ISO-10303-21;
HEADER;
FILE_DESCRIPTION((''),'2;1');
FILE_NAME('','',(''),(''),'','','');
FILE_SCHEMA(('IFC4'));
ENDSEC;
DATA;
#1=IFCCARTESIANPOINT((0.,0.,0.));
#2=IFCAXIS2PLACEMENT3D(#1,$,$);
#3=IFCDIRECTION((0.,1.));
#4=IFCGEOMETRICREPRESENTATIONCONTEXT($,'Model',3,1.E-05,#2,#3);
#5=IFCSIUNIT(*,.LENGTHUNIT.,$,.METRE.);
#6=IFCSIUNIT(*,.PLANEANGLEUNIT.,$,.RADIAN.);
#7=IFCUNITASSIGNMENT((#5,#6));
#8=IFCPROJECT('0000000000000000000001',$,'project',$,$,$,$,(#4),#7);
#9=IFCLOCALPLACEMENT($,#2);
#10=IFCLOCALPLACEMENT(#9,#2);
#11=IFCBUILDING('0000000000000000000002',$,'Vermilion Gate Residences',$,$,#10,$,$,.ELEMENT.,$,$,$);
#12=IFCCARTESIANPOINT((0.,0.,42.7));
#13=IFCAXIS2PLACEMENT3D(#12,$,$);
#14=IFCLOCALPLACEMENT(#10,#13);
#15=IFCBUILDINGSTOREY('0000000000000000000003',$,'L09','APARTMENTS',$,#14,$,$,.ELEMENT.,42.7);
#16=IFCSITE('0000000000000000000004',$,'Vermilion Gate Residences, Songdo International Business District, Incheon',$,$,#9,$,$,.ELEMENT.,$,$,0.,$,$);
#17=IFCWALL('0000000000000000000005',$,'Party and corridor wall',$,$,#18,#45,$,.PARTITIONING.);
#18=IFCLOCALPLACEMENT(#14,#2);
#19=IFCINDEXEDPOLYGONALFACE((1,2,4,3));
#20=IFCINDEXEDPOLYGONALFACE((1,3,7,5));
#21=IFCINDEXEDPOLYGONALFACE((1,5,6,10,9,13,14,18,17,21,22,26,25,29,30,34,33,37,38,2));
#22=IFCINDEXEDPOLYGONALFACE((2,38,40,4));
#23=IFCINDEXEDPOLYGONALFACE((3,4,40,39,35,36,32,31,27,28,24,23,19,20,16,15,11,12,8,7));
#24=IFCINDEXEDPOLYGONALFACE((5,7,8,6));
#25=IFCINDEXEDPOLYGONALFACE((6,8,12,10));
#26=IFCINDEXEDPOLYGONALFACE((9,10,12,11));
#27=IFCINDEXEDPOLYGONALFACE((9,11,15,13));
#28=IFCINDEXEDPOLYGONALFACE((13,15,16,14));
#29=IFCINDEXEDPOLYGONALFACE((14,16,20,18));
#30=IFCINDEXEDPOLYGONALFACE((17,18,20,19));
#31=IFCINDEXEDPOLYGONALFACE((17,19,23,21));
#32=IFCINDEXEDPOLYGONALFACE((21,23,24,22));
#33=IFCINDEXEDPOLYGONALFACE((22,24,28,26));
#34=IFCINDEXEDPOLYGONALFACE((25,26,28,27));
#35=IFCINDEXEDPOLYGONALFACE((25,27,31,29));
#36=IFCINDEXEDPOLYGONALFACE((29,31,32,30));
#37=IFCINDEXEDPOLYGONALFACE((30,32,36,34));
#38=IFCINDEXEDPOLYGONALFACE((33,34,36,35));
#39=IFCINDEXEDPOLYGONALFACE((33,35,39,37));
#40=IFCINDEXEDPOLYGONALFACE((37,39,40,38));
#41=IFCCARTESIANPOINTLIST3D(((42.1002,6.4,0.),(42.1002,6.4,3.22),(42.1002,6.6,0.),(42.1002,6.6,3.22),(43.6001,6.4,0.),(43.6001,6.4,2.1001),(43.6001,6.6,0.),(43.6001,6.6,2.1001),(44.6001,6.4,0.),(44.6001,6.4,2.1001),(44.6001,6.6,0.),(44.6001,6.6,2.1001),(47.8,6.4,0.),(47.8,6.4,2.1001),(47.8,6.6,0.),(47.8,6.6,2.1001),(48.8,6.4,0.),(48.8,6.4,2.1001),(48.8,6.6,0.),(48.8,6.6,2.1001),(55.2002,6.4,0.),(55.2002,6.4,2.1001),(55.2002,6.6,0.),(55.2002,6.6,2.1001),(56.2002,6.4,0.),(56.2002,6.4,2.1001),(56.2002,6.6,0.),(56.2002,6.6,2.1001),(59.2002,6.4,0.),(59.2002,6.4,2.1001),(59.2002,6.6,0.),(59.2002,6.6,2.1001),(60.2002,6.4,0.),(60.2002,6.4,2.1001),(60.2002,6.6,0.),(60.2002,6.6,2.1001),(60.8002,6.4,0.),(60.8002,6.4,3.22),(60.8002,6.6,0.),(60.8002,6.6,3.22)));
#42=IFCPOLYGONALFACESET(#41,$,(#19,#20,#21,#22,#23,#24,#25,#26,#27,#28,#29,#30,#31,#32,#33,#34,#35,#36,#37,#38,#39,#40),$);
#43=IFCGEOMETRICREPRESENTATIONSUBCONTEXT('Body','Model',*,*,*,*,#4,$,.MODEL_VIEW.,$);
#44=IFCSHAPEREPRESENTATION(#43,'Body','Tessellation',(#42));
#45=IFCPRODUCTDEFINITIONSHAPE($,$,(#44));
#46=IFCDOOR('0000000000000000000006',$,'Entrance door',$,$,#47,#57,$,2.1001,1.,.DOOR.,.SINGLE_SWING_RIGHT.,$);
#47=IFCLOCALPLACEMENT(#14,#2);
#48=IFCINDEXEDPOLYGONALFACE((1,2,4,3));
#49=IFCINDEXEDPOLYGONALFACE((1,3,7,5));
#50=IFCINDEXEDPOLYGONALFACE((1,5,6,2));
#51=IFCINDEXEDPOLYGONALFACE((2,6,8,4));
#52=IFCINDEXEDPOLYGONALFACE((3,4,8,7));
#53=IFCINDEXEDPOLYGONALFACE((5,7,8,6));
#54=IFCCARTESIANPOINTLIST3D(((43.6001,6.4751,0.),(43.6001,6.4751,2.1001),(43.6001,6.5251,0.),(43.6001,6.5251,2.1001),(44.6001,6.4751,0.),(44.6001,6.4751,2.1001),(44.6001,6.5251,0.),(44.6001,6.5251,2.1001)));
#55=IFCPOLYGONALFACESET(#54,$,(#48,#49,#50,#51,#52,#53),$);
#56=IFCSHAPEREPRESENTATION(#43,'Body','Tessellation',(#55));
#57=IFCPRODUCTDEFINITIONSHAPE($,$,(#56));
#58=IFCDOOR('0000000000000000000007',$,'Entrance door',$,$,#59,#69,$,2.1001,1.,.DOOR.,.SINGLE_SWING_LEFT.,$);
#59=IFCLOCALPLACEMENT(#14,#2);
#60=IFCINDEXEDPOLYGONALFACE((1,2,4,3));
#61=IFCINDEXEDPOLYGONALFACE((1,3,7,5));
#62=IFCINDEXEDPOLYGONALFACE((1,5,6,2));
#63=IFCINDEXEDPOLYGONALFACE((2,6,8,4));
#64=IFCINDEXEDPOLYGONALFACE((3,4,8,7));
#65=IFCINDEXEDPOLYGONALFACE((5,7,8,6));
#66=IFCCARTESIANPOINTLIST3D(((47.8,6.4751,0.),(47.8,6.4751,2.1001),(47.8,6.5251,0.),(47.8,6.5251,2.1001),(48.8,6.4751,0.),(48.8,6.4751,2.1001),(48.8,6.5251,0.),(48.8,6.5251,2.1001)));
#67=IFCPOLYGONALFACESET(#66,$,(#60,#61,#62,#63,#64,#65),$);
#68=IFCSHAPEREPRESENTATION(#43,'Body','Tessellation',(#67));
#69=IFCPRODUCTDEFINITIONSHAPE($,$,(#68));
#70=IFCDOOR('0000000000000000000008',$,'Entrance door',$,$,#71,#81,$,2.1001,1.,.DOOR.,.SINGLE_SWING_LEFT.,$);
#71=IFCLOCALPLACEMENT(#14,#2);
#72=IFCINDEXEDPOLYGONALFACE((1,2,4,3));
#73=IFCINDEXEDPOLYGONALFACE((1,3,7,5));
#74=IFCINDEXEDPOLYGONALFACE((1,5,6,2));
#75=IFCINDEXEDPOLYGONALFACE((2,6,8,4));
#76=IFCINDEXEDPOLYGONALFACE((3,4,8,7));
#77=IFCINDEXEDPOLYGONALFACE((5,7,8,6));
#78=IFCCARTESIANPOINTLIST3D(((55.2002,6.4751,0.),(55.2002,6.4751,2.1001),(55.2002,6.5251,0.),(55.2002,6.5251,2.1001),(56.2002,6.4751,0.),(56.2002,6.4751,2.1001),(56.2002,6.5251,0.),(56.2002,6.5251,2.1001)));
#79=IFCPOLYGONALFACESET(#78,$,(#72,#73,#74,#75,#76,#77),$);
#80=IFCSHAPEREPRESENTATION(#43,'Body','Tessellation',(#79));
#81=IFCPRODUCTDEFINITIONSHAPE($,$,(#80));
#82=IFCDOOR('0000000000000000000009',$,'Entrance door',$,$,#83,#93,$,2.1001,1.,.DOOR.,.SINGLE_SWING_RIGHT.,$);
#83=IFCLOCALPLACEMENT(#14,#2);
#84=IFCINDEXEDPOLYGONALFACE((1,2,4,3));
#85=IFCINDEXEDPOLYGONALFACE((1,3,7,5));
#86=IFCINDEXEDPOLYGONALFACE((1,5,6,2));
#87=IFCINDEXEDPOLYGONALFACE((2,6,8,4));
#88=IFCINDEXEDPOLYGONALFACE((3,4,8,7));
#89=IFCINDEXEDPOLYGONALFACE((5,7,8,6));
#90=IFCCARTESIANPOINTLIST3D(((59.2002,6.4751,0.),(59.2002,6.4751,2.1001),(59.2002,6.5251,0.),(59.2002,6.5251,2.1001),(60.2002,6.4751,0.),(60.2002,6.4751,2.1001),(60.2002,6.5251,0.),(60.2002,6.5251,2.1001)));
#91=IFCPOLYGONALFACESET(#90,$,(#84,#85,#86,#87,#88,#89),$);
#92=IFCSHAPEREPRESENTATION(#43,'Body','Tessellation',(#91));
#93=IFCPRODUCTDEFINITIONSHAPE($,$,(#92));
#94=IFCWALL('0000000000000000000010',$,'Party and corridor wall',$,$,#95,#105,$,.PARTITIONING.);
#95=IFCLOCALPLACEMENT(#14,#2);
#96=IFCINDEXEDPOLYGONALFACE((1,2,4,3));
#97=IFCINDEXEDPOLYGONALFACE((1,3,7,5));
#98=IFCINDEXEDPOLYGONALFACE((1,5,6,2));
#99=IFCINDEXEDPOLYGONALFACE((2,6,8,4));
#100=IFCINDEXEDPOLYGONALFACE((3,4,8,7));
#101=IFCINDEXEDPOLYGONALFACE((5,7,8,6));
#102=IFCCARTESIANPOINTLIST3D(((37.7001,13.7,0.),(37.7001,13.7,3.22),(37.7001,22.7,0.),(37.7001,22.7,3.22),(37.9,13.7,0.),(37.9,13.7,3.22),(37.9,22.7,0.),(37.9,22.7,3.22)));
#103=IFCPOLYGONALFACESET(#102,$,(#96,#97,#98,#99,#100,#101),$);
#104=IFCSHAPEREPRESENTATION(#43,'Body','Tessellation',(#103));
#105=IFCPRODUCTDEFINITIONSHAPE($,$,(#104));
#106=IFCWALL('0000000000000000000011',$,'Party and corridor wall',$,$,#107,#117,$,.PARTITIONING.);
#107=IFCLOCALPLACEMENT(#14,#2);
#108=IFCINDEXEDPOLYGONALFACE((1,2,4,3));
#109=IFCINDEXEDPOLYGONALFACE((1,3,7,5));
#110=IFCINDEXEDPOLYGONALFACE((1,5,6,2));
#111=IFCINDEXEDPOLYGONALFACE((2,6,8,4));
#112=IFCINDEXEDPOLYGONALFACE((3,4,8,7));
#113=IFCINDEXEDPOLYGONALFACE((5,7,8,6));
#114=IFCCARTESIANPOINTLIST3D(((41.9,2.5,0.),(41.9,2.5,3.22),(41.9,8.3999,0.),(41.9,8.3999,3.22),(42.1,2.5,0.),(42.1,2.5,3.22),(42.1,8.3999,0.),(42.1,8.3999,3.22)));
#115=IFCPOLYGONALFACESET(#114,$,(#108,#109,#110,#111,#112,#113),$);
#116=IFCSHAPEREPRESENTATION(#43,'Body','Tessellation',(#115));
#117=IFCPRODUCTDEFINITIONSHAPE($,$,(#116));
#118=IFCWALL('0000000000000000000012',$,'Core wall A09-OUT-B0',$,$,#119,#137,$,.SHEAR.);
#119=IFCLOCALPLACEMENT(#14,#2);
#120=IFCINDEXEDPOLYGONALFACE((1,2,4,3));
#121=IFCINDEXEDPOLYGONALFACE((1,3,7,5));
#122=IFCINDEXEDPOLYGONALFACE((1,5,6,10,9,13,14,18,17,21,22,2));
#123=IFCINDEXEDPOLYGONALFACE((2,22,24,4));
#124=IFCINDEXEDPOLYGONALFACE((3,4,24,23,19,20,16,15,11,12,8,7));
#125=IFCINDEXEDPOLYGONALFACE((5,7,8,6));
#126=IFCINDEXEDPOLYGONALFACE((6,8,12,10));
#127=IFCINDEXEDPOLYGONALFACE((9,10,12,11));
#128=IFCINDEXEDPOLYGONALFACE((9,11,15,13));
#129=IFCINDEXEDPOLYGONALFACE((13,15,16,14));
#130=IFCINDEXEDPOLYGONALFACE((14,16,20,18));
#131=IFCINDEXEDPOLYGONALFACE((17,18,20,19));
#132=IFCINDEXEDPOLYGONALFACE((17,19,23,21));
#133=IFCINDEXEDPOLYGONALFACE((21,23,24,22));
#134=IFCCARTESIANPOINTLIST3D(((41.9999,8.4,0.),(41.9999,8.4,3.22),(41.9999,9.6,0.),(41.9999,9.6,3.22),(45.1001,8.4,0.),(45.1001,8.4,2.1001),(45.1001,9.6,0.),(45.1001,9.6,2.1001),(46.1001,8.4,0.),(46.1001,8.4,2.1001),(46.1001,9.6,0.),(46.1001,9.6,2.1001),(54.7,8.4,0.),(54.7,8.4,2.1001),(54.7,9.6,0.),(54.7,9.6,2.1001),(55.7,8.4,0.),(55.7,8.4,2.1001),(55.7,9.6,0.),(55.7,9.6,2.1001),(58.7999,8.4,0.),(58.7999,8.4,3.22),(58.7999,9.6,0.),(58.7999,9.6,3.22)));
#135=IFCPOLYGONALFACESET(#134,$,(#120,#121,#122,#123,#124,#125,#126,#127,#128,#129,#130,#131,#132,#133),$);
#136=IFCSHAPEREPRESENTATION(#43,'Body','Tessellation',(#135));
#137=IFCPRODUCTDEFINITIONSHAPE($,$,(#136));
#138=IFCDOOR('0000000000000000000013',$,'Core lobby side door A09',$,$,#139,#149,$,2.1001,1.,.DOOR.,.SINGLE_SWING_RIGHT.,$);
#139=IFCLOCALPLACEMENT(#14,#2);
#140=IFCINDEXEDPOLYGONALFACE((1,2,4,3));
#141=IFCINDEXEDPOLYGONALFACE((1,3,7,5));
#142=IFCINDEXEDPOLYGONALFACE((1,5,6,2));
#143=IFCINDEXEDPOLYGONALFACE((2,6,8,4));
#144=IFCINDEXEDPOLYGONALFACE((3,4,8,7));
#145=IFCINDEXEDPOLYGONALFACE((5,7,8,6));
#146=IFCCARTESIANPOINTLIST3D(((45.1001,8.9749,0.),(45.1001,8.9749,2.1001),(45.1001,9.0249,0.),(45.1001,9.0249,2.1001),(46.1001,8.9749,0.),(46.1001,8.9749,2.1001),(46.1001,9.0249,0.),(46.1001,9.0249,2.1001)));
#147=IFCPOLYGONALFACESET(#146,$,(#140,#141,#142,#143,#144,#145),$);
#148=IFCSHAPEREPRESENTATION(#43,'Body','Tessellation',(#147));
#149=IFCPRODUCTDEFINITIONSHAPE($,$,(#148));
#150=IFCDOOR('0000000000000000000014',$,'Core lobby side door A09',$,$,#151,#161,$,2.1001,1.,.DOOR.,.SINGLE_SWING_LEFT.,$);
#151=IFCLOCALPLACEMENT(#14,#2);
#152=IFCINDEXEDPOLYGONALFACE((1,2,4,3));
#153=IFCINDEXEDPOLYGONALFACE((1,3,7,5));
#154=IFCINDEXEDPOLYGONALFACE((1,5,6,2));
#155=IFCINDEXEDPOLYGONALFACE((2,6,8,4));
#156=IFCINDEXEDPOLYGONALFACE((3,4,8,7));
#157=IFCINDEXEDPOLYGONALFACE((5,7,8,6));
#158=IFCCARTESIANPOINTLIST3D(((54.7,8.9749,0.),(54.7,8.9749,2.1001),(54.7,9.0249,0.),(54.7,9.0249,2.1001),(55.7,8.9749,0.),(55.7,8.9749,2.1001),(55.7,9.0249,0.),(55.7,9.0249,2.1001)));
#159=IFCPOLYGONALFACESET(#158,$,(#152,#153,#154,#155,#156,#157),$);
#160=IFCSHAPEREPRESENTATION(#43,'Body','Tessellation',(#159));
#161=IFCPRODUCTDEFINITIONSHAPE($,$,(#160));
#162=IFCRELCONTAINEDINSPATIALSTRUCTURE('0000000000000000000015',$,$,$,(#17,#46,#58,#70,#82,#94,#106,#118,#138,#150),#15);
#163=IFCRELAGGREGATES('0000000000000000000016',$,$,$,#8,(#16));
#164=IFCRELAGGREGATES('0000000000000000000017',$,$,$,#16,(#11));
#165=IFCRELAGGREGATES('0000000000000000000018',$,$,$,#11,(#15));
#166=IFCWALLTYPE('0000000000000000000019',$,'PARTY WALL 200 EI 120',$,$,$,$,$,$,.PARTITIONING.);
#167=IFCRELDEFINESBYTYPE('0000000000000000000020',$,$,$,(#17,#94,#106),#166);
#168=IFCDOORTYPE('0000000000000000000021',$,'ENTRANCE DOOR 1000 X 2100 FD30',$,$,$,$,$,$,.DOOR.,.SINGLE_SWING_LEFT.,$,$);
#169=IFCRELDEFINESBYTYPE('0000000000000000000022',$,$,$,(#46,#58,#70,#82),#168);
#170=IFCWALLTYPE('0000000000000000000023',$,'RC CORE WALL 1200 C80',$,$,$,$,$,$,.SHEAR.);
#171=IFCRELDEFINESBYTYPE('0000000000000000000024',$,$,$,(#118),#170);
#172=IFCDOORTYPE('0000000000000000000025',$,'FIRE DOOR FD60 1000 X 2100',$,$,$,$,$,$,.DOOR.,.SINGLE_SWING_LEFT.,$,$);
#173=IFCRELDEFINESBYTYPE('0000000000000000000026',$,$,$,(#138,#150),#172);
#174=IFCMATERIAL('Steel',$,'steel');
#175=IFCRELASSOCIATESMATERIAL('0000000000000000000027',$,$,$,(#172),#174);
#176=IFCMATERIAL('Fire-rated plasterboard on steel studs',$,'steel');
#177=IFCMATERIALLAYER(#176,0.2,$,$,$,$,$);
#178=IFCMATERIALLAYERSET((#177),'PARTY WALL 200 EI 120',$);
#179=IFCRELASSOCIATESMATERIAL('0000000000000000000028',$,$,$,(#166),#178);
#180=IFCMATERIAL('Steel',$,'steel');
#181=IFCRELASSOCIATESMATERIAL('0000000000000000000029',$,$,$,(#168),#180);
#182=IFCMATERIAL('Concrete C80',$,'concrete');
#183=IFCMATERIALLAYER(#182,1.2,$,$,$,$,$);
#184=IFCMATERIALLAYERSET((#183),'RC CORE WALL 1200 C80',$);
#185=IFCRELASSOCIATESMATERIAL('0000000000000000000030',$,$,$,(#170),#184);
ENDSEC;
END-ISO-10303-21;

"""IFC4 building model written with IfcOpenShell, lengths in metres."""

from ifc_helpers import new_model, si_unit, direction, frame, frame_2d, origin, place, context, subcontext, project, spatial, rectangle, extrude, material, layer, layer_set, type_object, element, fill, save


model = new_model("IFC4")

# Units and contexts
model_context = context("Model", 3, precision=1e-05, world=origin(), true_north=direction((0.0, 1.0)))
body_context = subcontext(model_context, "Body", "Model", "MODEL_VIEW")
ifc_project = project(units=[si_unit("LENGTHUNIT", "METRE"), si_unit("PLANEANGLEUNIT", "RADIAN")], contexts=[model_context])

# Site, building, storey
site_placement = place(None, origin())
site = spatial("IfcSite", under=ifc_project, at=site_placement, Name="Vermilion Gate Residences, Songdo International Business District, Incheon", CompositionType="ELEMENT", RefElevation=0.0)
building_placement = place(site_placement, origin())
building = spatial("IfcBuilding", under=site, at=building_placement, Name="Vermilion Gate Residences", CompositionType="ELEMENT")
storey_placement = place(building_placement, frame((0.0, 0.0, 42.7)))
storey = spatial("IfcBuildingStorey", under=building, at=storey_placement, Name="L09", Description="APARTMENTS", CompositionType="ELEMENT", Elevation=42.7)

# Shared definitions
ifc_material_1 = material(Name="Steel", Category="steel")
door_type_1 = type_object("IfcDoorType", Name="FIRE DOOR FD60 1000 X 2100", OperationType="SINGLE_SWING_LEFT", PredefinedType="DOOR", material=ifc_material_1)

# Wall, openings, doors
ifc_material_2 = material(Name="Fire-rated plasterboard on steel studs", Category="steel")
ifc_layer_1 = layer(ifc_material_2, 0.2)
ifc_layer_set_1 = layer_set([ifc_layer_1], Name="PARTY WALL 200 EI 120")
wall_type_1 = type_object("IfcWallType", Name="PARTY WALL 200 EI 120", PredefinedType="PARTITIONING", material=ifc_layer_set_1)
wall_1_placement = place(storey_placement, frame((42.1001, 6.5, 0.0), z_axis=(0.0, 0.0, 1.0), x_axis=(1.0, 0.0, 0.0)))
wall_1 = element("IfcWall", 1, at=wall_1_placement, inside=storey, type_object=wall_type_1, Name="Party and corridor wall", PredefinedType="PARTITIONING", context=body_context, shape_type="SweptSolid", body=[
    extrude(rectangle(XDim=18.7, YDim=0.2, at=frame_2d((9.3501, 0.0))), origin(), (0.0, 0.0, 1.0), 3.22),
])
opening_1_placement = place(wall_1_placement, frame((1.5, 0.0, 0.0)))
opening_1 = element("IfcOpeningElement", 2, at=opening_1_placement, cuts=wall_1, PredefinedType="OPENING", context=body_context, shape_type="SweptSolid", body=[
    extrude(rectangle(XDim=1.0, YDim=2.1001, at=frame_2d((0.5, 1.05))), frame((0.0, 0.1099, 0.0), z_axis=(0.0, -1.0, 0.0), x_axis=(1.0, 0.0, 0.0)), (0.0, 0.0, 1.0), 0.22),
])
opening_2_placement = place(wall_1_placement, frame((5.7, 0.0, 0.0)))
opening_2 = element("IfcOpeningElement", 3, at=opening_2_placement, cuts=wall_1, PredefinedType="OPENING", context=body_context, shape_type="SweptSolid", body=[
    extrude(rectangle(XDim=1.0, YDim=2.1001, at=frame_2d((0.5, 1.05))), frame((0.0, 0.1099, 0.0), z_axis=(0.0, -1.0, 0.0), x_axis=(1.0, 0.0, 0.0)), (0.0, 0.0, 1.0), 0.22),
])
opening_3_placement = place(wall_1_placement, frame((13.1001, 0.0, 0.0)))
opening_3 = element("IfcOpeningElement", 4, at=opening_3_placement, cuts=wall_1, PredefinedType="OPENING", context=body_context, shape_type="SweptSolid", body=[
    extrude(rectangle(XDim=1.0, YDim=2.1001, at=frame_2d((0.5, 1.05))), frame((0.0, 0.1099, 0.0), z_axis=(0.0, -1.0, 0.0), x_axis=(1.0, 0.0, 0.0)), (0.0, 0.0, 1.0), 0.22),
])
opening_4_placement = place(wall_1_placement, frame((17.1001, 0.0, 0.0)))
opening_4 = element("IfcOpeningElement", 5, at=opening_4_placement, cuts=wall_1, PredefinedType="OPENING", context=body_context, shape_type="SweptSolid", body=[
    extrude(rectangle(XDim=1.0, YDim=2.1001, at=frame_2d((0.5, 1.05))), frame((0.0, 0.1099, 0.0), z_axis=(0.0, -1.0, 0.0), x_axis=(1.0, 0.0, 0.0)), (0.0, 0.0, 1.0), 0.22),
])
ifc_material_3 = material(Name="Steel", Category="steel")
door_type_2 = type_object("IfcDoorType", Name="ENTRANCE DOOR 1000 X 2100 FD30", OperationType="SINGLE_SWING_LEFT", PredefinedType="DOOR", material=ifc_material_3)
door_1_placement = place(opening_1_placement, frame((1.0, 0.0, 0.0), z_axis=(0.0, 0.0, 1.0), x_axis=(-1.0, 0.0, 0.0)))
door_1 = element("IfcDoor", 6, at=door_1_placement, inside=storey, type_object=door_type_2, Name="Entrance door", OperationType="SINGLE_SWING_RIGHT", OverallHeight=2.1001, OverallWidth=1.0, PredefinedType="DOOR", context=body_context, shape_type="SweptSolid", body=[
    extrude(rectangle(XDim=1.0, YDim=2.1001, at=frame_2d((0.5, 1.05))), frame((0.0, 0.0249, 0.0), z_axis=(0.0, -1.0, 0.0), x_axis=(1.0, 0.0, 0.0)), (0.0, 0.0, 1.0), 0.05),
])
fill(opening_1, door_1)
door_2_placement = place(opening_2_placement, frame((1.0, 0.0, 0.0), z_axis=(0.0, 0.0, 1.0), x_axis=(-1.0, 0.0, 0.0)))
door_2 = element("IfcDoor", 7, at=door_2_placement, inside=storey, type_object=door_type_2, Name="Entrance door", OperationType="SINGLE_SWING_LEFT", OverallHeight=2.1001, OverallWidth=1.0, PredefinedType="DOOR", context=body_context, shape_type="SweptSolid", body=[
    extrude(rectangle(XDim=1.0, YDim=2.1001, at=frame_2d((0.5, 1.05))), frame((0.0, 0.0249, 0.0), z_axis=(0.0, -1.0, 0.0), x_axis=(1.0, 0.0, 0.0)), (0.0, 0.0, 1.0), 0.05),
])
fill(opening_2, door_2)
door_3_placement = place(opening_3_placement, frame((1.0, 0.0, 0.0), z_axis=(0.0, 0.0, 1.0), x_axis=(-1.0, 0.0, 0.0)))
door_3 = element("IfcDoor", 8, at=door_3_placement, inside=storey, type_object=door_type_2, Name="Entrance door", OperationType="SINGLE_SWING_LEFT", OverallHeight=2.1001, OverallWidth=1.0, PredefinedType="DOOR", context=body_context, shape_type="SweptSolid", body=[
    extrude(rectangle(XDim=1.0, YDim=2.1001, at=frame_2d((0.5, 1.05))), frame((0.0, 0.0249, 0.0), z_axis=(0.0, -1.0, 0.0), x_axis=(1.0, 0.0, 0.0)), (0.0, 0.0, 1.0), 0.05),
])
fill(opening_3, door_3)
door_4_placement = place(opening_4_placement, frame((1.0, 0.0, 0.0), z_axis=(0.0, 0.0, 1.0), x_axis=(-1.0, 0.0, 0.0)))
door_4 = element("IfcDoor", 9, at=door_4_placement, inside=storey, type_object=door_type_2, Name="Entrance door", OperationType="SINGLE_SWING_RIGHT", OverallHeight=2.1001, OverallWidth=1.0, PredefinedType="DOOR", context=body_context, shape_type="SweptSolid", body=[
    extrude(rectangle(XDim=1.0, YDim=2.1001, at=frame_2d((0.5, 1.05))), frame((0.0, 0.0249, 0.0), z_axis=(0.0, -1.0, 0.0), x_axis=(1.0, 0.0, 0.0)), (0.0, 0.0, 1.0), 0.05),
])
fill(opening_4, door_4)

# Walls
wall_2_placement = place(storey_placement, frame((37.8, 13.7, 0.0), z_axis=(0.0, 0.0, 1.0), x_axis=(0.0, 1.0, 0.0)))
element("IfcWall", 10, at=wall_2_placement, inside=storey, type_object=wall_type_1, Name="Party and corridor wall", PredefinedType="PARTITIONING", context=body_context, shape_type="SweptSolid", body=[
    extrude(rectangle(XDim=9.0, YDim=0.2, at=frame_2d((4.5, 0.0))), origin(), (0.0, 0.0, 1.0), 3.22),
])
wall_3_placement = place(storey_placement, frame((42.0, 2.5, 0.0), z_axis=(0.0, 0.0, 1.0), x_axis=(0.0, 1.0, 0.0)))
element("IfcWall", 11, at=wall_3_placement, inside=storey, type_object=wall_type_1, Name="Party and corridor wall", PredefinedType="PARTITIONING", context=body_context, shape_type="SweptSolid", body=[
    extrude(rectangle(XDim=5.8999, YDim=0.2, at=frame_2d((2.95, 0.0))), origin(), (0.0, 0.0, 1.0), 3.22),
])

# Wall, openings, doors
ifc_material_4 = material(Name="Concrete C80", Category="concrete")
ifc_layer_2 = layer(ifc_material_4, 1.2)
ifc_layer_set_2 = layer_set([ifc_layer_2], Name="RC CORE WALL 1200 C80")
wall_type_2 = type_object("IfcWallType", Name="RC CORE WALL 1200 C80", PredefinedType="SHEAR", material=ifc_layer_set_2)
wall_4_placement = place(storey_placement, frame((42.0, 9.0, 0.0), z_axis=(0.0, 0.0, 1.0), x_axis=(1.0, 0.0, 0.0)))
wall_4 = element("IfcWall", 12, at=wall_4_placement, inside=storey, type_object=wall_type_2, Name="Core wall A09-OUT-B0", PredefinedType="SHEAR", context=body_context, shape_type="SweptSolid", body=[
    extrude(rectangle(XDim=16.8, YDim=1.2, at=frame_2d((8.3999, 0.0))), origin(), (0.0, 0.0, 1.0), 3.22),
])
opening_5_placement = place(wall_4_placement, frame((3.1001, 0.0, 0.0)))
opening_5 = element("IfcOpeningElement", 13, at=opening_5_placement, cuts=wall_4, PredefinedType="OPENING", context=body_context, shape_type="SweptSolid", body=[
    extrude(rectangle(XDim=1.0, YDim=2.1001, at=frame_2d((0.5, 1.05))), frame((0.0, 0.6099, 0.0), z_axis=(0.0, -1.0, 0.0), x_axis=(1.0, 0.0, 0.0)), (0.0, 0.0, 1.0), 1.22),
])
opening_6_placement = place(wall_4_placement, frame((12.7, 0.0, 0.0)))
opening_6 = element("IfcOpeningElement", 14, at=opening_6_placement, cuts=wall_4, PredefinedType="OPENING", context=body_context, shape_type="SweptSolid", body=[
    extrude(rectangle(XDim=1.0, YDim=2.1001, at=frame_2d((0.5, 1.05))), frame((0.0, 0.6099, 0.0), z_axis=(0.0, -1.0, 0.0), x_axis=(1.0, 0.0, 0.0)), (0.0, 0.0, 1.0), 1.22),
])
door_5_placement = place(opening_5_placement, origin())
door_5 = element("IfcDoor", 15, at=door_5_placement, inside=storey, type_object=door_type_1, Name="Core lobby side door A09", OperationType="SINGLE_SWING_RIGHT", OverallHeight=2.1001, OverallWidth=1.0, PredefinedType="DOOR", context=body_context, shape_type="SweptSolid", body=[
    extrude(rectangle(XDim=1.0, YDim=2.1001, at=frame_2d((0.5, 1.05))), frame((0.0, 0.0249, 0.0), z_axis=(0.0, -1.0, 0.0), x_axis=(1.0, 0.0, 0.0)), (0.0, 0.0, 1.0), 0.05),
])
fill(opening_5, door_5)
door_6_placement = place(opening_6_placement, origin())
door_6 = element("IfcDoor", 16, at=door_6_placement, inside=storey, type_object=door_type_1, Name="Core lobby side door A09", OperationType="SINGLE_SWING_LEFT", OverallHeight=2.1001, OverallWidth=1.0, PredefinedType="DOOR", context=body_context, shape_type="SweptSolid", body=[
    extrude(rectangle(XDim=1.0, YDim=2.1001, at=frame_2d((0.5, 1.05))), frame((0.0, 0.0249, 0.0), z_axis=(0.0, -1.0, 0.0), x_axis=(1.0, 0.0, 0.0)), (0.0, 0.0, 1.0), 0.05),
])
fill(opening_6, door_6)

save(model, "model.ifc")
